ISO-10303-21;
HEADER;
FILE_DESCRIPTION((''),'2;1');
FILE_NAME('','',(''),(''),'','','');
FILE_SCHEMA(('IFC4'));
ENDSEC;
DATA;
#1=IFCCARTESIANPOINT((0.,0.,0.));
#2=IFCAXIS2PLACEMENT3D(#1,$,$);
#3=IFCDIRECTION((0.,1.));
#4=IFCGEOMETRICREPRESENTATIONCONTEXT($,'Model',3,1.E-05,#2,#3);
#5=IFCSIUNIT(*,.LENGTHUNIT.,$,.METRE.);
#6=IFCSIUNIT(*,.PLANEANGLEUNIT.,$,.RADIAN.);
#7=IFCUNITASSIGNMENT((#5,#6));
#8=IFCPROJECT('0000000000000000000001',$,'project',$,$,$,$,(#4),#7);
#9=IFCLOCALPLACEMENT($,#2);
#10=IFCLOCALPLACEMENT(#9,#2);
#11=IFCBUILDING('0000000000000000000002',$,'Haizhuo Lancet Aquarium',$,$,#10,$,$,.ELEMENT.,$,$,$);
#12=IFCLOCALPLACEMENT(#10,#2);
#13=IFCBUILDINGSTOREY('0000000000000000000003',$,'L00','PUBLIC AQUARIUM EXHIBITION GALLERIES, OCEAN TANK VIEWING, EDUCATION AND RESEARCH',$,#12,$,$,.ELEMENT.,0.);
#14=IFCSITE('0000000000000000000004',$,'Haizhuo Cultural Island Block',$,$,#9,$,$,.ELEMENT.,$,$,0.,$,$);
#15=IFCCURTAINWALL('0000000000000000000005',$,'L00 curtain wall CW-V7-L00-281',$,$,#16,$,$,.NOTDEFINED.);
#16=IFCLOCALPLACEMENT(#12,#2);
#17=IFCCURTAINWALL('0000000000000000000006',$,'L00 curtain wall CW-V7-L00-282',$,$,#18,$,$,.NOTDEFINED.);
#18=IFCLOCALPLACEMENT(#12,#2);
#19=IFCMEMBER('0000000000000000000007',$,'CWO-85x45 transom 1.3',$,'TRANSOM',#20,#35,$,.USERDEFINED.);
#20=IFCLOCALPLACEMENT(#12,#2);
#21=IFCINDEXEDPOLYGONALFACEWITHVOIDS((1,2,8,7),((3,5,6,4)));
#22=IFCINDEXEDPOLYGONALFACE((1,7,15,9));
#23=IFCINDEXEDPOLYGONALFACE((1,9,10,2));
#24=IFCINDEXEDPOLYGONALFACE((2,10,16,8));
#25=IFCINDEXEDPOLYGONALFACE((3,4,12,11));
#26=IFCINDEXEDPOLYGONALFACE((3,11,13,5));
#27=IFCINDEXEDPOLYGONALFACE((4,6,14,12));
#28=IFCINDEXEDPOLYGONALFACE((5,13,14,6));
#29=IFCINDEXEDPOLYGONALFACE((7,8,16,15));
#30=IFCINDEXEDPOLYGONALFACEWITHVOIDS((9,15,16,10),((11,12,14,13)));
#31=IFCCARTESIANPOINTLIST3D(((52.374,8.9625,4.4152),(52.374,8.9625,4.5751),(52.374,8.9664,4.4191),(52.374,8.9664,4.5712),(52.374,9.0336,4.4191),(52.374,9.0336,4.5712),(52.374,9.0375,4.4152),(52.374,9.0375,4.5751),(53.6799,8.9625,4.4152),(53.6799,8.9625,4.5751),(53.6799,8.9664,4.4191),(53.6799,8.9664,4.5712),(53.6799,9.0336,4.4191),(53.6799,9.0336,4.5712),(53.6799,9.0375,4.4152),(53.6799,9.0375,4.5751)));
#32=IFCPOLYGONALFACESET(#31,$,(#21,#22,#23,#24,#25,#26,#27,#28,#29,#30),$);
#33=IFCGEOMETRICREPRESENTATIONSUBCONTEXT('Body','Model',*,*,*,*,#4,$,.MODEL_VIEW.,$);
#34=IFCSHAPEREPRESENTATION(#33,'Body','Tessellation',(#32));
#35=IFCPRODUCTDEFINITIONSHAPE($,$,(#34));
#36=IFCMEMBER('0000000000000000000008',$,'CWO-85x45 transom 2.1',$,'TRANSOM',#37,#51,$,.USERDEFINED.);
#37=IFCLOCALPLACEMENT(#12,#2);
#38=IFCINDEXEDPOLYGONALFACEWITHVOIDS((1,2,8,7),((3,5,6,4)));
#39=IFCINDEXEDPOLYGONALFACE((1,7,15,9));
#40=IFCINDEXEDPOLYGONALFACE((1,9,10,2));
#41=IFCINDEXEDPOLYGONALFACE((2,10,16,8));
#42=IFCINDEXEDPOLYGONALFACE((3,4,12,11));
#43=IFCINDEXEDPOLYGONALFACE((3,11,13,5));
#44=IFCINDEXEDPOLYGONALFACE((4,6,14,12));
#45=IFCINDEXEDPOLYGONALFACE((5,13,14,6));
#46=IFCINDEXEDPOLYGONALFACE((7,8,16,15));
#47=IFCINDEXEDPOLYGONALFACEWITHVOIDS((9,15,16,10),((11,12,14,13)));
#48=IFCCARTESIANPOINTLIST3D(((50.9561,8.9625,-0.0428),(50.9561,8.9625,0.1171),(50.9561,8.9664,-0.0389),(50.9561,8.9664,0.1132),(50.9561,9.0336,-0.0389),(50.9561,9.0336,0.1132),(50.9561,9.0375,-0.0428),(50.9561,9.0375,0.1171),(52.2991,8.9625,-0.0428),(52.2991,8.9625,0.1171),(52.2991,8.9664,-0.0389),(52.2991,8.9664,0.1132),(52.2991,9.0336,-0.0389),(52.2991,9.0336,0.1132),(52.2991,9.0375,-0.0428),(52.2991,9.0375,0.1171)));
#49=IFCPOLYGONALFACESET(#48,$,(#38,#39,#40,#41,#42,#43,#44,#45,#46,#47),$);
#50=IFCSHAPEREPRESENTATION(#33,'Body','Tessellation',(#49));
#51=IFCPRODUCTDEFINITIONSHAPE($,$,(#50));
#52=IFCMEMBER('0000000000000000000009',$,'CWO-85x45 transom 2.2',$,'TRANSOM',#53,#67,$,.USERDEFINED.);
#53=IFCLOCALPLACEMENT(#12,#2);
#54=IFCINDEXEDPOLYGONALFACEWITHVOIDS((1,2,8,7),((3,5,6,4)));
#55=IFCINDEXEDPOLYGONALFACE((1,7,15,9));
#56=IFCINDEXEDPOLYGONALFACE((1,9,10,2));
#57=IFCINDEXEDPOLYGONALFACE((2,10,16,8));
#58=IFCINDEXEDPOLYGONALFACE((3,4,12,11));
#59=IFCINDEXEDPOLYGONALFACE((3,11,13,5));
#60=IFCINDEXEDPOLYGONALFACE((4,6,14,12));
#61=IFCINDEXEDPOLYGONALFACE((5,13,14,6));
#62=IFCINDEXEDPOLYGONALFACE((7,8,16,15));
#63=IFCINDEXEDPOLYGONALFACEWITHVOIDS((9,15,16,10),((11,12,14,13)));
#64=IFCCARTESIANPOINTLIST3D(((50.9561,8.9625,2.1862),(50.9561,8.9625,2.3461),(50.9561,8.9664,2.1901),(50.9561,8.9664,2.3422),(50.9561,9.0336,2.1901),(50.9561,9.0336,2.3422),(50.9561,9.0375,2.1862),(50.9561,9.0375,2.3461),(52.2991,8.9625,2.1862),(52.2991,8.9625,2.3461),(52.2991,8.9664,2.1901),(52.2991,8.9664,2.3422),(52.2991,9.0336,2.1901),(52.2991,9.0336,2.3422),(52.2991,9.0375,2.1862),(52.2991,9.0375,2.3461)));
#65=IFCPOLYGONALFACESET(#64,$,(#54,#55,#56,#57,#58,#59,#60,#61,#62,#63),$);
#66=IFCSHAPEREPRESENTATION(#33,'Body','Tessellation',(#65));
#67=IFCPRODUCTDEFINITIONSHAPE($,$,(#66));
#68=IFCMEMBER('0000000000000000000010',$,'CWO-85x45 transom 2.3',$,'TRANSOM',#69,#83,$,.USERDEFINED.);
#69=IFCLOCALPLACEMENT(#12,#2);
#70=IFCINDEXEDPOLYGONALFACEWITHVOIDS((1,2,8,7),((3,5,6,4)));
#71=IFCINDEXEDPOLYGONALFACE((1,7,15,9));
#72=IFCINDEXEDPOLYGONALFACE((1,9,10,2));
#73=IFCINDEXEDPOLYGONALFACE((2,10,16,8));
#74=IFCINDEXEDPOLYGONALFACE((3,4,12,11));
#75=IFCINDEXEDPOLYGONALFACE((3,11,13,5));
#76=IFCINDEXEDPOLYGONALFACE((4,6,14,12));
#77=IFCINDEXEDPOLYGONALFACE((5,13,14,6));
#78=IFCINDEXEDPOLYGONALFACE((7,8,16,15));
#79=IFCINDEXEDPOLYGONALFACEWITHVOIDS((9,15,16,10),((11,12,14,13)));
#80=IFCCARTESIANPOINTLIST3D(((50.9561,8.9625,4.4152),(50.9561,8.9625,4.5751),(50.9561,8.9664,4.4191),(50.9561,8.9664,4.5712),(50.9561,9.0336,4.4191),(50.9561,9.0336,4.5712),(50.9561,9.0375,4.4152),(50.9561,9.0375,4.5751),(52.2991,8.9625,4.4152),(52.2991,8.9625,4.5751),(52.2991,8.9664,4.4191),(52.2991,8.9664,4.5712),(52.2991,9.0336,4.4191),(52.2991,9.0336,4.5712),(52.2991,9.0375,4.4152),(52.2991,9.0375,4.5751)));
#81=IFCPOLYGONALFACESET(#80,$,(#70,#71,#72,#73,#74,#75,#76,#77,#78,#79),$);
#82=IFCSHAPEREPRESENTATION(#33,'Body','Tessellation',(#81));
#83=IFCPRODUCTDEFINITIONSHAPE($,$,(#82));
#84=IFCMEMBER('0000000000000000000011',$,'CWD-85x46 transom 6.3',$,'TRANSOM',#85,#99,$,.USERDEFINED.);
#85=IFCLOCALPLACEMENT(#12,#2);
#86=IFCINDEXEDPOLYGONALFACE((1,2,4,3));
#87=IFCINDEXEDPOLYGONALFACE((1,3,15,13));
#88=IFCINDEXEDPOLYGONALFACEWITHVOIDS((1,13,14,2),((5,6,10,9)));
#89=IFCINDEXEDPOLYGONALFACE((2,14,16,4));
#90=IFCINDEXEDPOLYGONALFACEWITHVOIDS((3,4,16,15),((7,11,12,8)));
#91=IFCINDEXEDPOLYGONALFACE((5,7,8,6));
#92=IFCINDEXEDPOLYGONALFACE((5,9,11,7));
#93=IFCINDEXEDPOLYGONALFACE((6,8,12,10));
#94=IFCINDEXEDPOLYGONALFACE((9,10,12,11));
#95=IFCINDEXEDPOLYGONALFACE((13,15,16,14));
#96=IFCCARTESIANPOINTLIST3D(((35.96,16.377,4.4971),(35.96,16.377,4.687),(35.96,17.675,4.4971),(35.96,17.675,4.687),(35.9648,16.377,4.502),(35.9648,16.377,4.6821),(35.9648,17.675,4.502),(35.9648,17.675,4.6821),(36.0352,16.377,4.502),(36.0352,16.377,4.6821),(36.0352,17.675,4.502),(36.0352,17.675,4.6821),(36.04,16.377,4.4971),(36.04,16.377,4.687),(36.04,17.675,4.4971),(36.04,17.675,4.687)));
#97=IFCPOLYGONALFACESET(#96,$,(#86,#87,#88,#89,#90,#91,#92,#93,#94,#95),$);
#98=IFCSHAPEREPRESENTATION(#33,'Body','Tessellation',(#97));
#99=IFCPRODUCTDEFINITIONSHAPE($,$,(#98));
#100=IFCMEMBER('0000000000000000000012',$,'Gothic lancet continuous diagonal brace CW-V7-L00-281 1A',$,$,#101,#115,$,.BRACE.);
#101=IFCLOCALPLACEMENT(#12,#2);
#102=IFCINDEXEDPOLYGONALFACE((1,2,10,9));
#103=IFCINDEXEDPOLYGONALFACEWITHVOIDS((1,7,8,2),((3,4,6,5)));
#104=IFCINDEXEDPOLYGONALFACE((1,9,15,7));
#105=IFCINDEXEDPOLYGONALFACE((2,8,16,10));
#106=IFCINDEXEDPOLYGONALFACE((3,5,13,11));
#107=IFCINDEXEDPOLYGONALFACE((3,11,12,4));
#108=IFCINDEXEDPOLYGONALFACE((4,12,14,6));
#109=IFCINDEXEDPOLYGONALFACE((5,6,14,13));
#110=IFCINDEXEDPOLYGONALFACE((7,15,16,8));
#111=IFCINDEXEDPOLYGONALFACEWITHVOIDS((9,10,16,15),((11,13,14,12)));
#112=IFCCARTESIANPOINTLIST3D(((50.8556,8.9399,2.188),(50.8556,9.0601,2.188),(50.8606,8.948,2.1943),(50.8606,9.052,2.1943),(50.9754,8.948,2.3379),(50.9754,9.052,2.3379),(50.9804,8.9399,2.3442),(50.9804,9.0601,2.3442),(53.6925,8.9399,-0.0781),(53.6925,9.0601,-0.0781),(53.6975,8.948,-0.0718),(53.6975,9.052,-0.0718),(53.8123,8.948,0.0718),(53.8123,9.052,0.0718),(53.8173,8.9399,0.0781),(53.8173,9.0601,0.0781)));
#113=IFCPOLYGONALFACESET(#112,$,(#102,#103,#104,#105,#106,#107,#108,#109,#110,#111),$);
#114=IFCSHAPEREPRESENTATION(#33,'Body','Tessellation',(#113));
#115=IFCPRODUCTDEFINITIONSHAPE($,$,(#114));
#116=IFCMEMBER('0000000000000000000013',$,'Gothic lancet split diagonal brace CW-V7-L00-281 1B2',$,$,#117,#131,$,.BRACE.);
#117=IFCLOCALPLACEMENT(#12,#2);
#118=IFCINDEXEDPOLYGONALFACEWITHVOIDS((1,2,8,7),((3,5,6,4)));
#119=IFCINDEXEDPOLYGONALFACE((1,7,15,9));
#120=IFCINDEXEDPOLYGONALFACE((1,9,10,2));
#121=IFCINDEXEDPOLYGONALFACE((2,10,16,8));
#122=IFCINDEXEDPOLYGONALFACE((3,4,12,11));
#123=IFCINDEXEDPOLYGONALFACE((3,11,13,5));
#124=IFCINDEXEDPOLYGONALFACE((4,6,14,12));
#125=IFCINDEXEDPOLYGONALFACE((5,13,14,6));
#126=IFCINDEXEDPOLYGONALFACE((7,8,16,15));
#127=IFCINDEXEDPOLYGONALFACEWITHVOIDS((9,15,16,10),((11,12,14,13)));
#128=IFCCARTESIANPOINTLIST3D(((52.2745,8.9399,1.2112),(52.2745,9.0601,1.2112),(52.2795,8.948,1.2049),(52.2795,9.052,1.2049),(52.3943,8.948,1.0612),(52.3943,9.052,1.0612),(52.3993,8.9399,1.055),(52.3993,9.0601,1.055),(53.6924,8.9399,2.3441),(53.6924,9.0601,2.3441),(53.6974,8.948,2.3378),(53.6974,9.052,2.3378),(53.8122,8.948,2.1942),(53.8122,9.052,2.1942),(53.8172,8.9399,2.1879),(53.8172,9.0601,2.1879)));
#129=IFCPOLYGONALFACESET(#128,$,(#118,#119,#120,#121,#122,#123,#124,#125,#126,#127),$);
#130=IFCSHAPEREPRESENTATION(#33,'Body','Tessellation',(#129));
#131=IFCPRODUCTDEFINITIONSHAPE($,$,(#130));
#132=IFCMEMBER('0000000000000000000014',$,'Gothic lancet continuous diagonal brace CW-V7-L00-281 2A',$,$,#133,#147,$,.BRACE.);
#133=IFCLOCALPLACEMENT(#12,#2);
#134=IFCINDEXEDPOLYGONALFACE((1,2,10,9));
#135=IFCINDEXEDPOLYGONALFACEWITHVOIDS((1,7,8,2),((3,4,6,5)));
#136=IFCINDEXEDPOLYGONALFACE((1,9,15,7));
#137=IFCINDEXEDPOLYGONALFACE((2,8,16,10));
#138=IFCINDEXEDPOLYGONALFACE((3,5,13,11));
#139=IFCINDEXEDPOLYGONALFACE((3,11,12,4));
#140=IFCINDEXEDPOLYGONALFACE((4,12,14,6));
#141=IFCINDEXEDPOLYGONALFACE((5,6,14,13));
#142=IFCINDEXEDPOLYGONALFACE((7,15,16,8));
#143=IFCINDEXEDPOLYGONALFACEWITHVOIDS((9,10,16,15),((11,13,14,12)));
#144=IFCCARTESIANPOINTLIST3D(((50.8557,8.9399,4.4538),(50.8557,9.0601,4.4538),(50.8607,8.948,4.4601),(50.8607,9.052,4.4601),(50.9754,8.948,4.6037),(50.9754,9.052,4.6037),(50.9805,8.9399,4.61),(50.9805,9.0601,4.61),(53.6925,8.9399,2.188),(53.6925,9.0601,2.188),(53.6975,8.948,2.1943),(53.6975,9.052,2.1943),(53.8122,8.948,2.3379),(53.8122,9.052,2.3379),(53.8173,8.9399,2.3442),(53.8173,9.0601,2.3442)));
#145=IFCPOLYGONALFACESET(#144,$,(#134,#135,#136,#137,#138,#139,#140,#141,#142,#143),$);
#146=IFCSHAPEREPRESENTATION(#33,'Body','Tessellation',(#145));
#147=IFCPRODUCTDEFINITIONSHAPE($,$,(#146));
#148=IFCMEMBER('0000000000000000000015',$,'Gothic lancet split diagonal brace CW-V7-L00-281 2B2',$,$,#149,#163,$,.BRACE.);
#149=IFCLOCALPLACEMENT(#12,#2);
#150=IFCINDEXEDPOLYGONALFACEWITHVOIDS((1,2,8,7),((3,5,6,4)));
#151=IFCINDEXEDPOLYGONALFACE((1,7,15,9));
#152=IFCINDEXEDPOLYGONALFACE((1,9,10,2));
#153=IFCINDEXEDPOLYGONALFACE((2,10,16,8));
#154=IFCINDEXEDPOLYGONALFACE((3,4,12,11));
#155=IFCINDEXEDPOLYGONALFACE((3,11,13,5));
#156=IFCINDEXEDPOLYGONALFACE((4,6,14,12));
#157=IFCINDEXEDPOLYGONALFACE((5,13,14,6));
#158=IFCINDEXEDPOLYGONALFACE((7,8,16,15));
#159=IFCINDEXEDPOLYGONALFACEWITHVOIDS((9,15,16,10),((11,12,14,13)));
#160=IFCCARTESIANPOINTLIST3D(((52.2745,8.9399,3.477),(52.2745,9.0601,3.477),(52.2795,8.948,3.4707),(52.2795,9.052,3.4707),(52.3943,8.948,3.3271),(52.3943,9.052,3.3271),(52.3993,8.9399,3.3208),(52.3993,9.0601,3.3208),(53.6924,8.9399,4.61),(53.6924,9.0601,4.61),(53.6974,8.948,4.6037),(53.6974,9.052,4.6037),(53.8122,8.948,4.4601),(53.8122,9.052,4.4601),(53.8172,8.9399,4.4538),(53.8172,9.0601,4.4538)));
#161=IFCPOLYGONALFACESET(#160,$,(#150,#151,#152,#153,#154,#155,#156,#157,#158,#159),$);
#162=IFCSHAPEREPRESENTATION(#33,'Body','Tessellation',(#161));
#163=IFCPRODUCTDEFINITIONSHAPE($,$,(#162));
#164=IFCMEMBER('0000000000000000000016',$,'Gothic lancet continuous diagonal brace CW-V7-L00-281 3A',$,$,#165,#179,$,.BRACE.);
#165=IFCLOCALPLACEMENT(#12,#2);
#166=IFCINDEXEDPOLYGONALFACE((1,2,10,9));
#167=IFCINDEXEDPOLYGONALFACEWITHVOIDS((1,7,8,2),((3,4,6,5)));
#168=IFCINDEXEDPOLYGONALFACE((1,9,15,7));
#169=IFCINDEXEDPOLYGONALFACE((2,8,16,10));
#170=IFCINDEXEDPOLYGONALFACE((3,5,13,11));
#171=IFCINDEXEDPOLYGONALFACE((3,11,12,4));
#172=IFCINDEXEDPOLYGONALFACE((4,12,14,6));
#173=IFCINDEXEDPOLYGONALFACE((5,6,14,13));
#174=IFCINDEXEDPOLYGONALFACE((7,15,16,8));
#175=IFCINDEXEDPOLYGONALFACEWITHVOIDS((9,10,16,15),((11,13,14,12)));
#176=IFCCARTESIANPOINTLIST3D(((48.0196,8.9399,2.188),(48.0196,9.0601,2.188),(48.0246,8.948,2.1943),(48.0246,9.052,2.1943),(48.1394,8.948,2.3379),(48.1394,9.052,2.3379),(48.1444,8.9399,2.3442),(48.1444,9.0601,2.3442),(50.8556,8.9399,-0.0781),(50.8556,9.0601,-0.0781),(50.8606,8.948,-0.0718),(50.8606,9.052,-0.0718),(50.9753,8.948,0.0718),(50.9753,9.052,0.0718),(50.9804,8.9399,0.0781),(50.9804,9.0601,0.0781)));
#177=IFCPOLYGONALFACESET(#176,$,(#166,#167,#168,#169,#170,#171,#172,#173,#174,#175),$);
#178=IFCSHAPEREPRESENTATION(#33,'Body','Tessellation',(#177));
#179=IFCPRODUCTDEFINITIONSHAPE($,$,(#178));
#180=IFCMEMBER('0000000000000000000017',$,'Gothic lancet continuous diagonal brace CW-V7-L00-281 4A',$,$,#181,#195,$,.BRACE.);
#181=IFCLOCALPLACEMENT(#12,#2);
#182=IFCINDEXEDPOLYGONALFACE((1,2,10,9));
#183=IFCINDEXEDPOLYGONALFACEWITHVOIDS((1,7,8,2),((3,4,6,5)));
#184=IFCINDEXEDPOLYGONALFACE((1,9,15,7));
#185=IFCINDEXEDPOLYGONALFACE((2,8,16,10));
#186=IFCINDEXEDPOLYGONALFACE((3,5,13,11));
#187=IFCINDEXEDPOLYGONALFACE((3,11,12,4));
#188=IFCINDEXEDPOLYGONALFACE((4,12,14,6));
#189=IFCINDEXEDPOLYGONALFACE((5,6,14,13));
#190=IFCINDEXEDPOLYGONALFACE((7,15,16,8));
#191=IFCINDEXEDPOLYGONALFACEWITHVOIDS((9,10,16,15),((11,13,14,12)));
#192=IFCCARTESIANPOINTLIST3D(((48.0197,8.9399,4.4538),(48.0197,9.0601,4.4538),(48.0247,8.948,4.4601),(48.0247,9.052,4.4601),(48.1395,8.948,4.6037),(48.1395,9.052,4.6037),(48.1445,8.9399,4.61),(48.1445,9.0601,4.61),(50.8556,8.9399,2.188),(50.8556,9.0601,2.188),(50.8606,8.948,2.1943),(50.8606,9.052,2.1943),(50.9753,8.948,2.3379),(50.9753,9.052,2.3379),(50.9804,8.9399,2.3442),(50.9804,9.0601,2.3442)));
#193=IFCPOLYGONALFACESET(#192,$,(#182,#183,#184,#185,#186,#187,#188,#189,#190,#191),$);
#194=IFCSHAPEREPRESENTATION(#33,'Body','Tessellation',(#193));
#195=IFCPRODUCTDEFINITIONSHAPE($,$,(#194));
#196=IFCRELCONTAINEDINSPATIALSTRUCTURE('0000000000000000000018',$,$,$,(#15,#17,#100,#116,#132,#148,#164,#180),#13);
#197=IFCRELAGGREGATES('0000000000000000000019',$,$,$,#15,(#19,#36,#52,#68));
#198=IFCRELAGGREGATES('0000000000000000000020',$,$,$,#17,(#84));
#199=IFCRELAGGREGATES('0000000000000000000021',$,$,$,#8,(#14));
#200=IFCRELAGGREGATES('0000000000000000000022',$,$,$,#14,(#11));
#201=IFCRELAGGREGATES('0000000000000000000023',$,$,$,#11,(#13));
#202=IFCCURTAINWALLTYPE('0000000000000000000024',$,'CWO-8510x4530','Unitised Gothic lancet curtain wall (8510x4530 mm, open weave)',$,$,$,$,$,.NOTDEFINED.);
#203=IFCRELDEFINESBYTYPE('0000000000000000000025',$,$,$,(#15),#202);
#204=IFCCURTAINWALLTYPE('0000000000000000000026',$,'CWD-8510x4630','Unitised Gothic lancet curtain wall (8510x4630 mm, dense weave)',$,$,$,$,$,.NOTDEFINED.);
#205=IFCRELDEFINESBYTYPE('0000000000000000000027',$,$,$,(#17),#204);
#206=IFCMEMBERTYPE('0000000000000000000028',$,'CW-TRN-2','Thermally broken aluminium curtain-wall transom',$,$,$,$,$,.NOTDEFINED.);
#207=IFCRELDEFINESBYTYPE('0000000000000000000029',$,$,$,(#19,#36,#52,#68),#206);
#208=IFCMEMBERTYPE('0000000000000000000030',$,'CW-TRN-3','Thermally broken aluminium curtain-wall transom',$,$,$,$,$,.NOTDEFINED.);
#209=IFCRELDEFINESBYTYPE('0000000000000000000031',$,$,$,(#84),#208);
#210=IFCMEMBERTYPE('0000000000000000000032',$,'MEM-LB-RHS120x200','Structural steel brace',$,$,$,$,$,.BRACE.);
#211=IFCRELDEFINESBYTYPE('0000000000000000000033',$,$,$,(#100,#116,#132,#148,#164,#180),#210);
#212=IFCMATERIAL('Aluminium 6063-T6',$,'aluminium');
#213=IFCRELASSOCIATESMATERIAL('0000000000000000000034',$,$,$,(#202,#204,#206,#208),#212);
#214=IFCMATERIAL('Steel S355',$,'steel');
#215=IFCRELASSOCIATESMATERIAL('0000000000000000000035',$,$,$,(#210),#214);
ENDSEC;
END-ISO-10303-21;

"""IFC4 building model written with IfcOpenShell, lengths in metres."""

from ifc_helpers import new_model, si_unit, direction, frame, origin, origin_2d, place, context, subcontext, project, spatial, hollow_rectangle, extrude, material, material_profile, profile_set, type_object, element, aggregate, save


model = new_model("IFC4")

# Units and contexts
model_context = context("Model", 3, precision=1e-05, world=origin(), true_north=direction((0.0, 1.0)))
body_context = subcontext(model_context, "Body", "Model", "MODEL_VIEW")
ifc_project = project(units=[si_unit("LENGTHUNIT", "METRE"), si_unit("PLANEANGLEUNIT", "RADIAN")], contexts=[model_context])

# Site, building, storey
site_placement = place(None, origin())
site = spatial("IfcSite", under=ifc_project, at=site_placement, Name="Haizhuo Cultural Island Block", CompositionType="ELEMENT", RefElevation=0.0)
building_placement = place(site_placement, origin())
building = spatial("IfcBuilding", under=site, at=building_placement, Name="Haizhuo Lancet Aquarium", CompositionType="ELEMENT")
storey_placement = place(building_placement, origin())
storey = spatial("IfcBuildingStorey", under=building, at=storey_placement, Name="L00", Description="PUBLIC AQUARIUM EXHIBITION GALLERIES, OCEAN TANK VIEWING, EDUCATION AND RESEARCH", CompositionType="ELEMENT", Elevation=0.0)

# Shared definitions
ifc_material_1 = material(Name="Steel S355", Category="steel")

# Curtain wall
ifc_material_2 = material(Name="Aluminium 6063-T6", Category="aluminium")
curtain_wall_type_1 = type_object("IfcCurtainWallType", Name="CWO-8510x4530", Description="Unitised Gothic lancet curtain wall (8510x4530 mm, open weave)", PredefinedType="NOTDEFINED", material=ifc_material_2)
curtain_wall_1_placement = place(storey_placement, origin())
curtain_wall_1 = element("IfcCurtainWall", 1, at=curtain_wall_1_placement, inside=storey, type_object=curtain_wall_type_1, Name="L00 curtain wall CW-V7-L00-281", PredefinedType="NOTDEFINED")

# Curtain wall
curtain_wall_type_2 = type_object("IfcCurtainWallType", Name="CWD-8510x4630", Description="Unitised Gothic lancet curtain wall (8510x4630 mm, dense weave)", PredefinedType="NOTDEFINED", material=ifc_material_2)
curtain_wall_2_placement = place(storey_placement, origin())
curtain_wall_2 = element("IfcCurtainWall", 2, at=curtain_wall_2_placement, inside=storey, type_object=curtain_wall_type_2, Name="L00 curtain wall CW-V7-L00-282", PredefinedType="NOTDEFINED")

# Members
ifc_material_profile_1 = material_profile(ifc_material_2, hollow_rectangle(XDim=0.075, YDim=0.1599, WallThickness=0.0039, at=origin_2d()), Name="ALU-T 75x160x4")
ifc_profile_set_1 = profile_set([ifc_material_profile_1], Name="Aluminium 6063-T6")
member_type_1 = type_object("IfcMemberType", Name="CW-TRN-2", Description="Thermally broken aluminium curtain-wall transom", PredefinedType="NOTDEFINED", material=ifc_profile_set_1)
member_1_placement = place(storey_placement, frame((53.6799, 9.0, 4.4951), z_axis=(-1.0, 0.0, 0.0), x_axis=(0.0, -1.0, 0.0)))
member_1 = element("IfcMember", 3, at=member_1_placement, type_object=member_type_1, Name="CWO-85x45 transom 1.3", ObjectType="TRANSOM", PredefinedType="USERDEFINED", context=body_context, shape_type="SweptSolid", body=[
    extrude(hollow_rectangle(XDim=0.075, YDim=0.1599, WallThickness=0.0039, at=origin_2d()), origin(), (0.0, 0.0, 1.0), 1.3059),
])
member_2_placement = place(storey_placement, frame((52.2991, 9.0, 0.0371), z_axis=(-1.0, 0.0, 0.0), x_axis=(0.0, -1.0, 0.0)))
member_2 = element("IfcMember", 4, at=member_2_placement, type_object=member_type_1, Name="CWO-85x45 transom 2.1", ObjectType="TRANSOM", PredefinedType="USERDEFINED", context=body_context, shape_type="SweptSolid", body=[
    extrude(hollow_rectangle(XDim=0.075, YDim=0.1599, WallThickness=0.0039, at=origin_2d()), origin(), (0.0, 0.0, 1.0), 1.343),
])
member_3_placement = place(storey_placement, frame((52.2991, 9.0, 2.2661), z_axis=(-1.0, 0.0, 0.0), x_axis=(0.0, -1.0, 0.0)))
member_3 = element("IfcMember", 5, at=member_3_placement, type_object=member_type_1, Name="CWO-85x45 transom 2.2", ObjectType="TRANSOM", PredefinedType="USERDEFINED", context=body_context, shape_type="SweptSolid", body=[
    extrude(hollow_rectangle(XDim=0.075, YDim=0.1599, WallThickness=0.0039, at=origin_2d()), origin(), (0.0, 0.0, 1.0), 1.343),
])
member_4_placement = place(storey_placement, frame((52.2991, 9.0, 4.4951), z_axis=(-1.0, 0.0, 0.0), x_axis=(0.0, -1.0, 0.0)))
member_4 = element("IfcMember", 6, at=member_4_placement, type_object=member_type_1, Name="CWO-85x45 transom 2.3", ObjectType="TRANSOM", PredefinedType="USERDEFINED", context=body_context, shape_type="SweptSolid", body=[
    extrude(hollow_rectangle(XDim=0.075, YDim=0.1599, WallThickness=0.0039, at=origin_2d()), origin(), (0.0, 0.0, 1.0), 1.343),
])
ifc_material_profile_2 = material_profile(ifc_material_2, hollow_rectangle(XDim=0.0801, YDim=0.1899, WallThickness=0.0049, at=origin_2d()), Name="ALU-T 80x190x5")
ifc_profile_set_2 = profile_set([ifc_material_profile_2], Name="Aluminium 6063-T6")
member_type_2 = type_object("IfcMemberType", Name="CW-TRN-3", Description="Thermally broken aluminium curtain-wall transom", PredefinedType="NOTDEFINED", material=ifc_profile_set_2)
member_5_placement = place(storey_placement, frame((36.0, 16.377, 4.592), z_axis=(0.0, 1.0, 0.0), x_axis=(-1.0, 0.0, 0.0)))
member_5 = element("IfcMember", 7, at=member_5_placement, type_object=member_type_2, Name="CWD-85x46 transom 6.3", ObjectType="TRANSOM", PredefinedType="USERDEFINED", context=body_context, shape_type="SweptSolid", body=[
    extrude(hollow_rectangle(XDim=0.0801, YDim=0.1899, WallThickness=0.0049, at=origin_2d()), origin(), (0.0, 0.0, 1.0), 1.2981),
])

# Members
ifc_material_profile_3 = material_profile(ifc_material_1, hollow_rectangle(XDim=0.1201, YDim=0.2, WallThickness=0.0081, at=origin_2d()), Name="RHS 120x200x8")
ifc_profile_set_3 = profile_set([ifc_material_profile_3], Name="Steel S355")
member_type_3 = type_object("IfcMemberType", Name="MEM-LB-RHS120x200", Description="Structural steel brace", PredefinedType="BRACE", material=ifc_profile_set_3)
member_6_placement = place(storey_placement, frame((53.7549, 9.0, 0.0), z_axis=(-0.781328, 0.0, 0.624121), x_axis=(0.0, -1.0, 0.0)))
element("IfcMember", 8, at=member_6_placement, inside=storey, type_object=member_type_3, Name="Gothic lancet continuous diagonal brace CW-V7-L00-281 1A", PredefinedType="BRACE", context=body_context, shape_type="SweptSolid", body=[
    extrude(hollow_rectangle(XDim=0.1201, YDim=0.2, WallThickness=0.0081, at=origin_2d()), origin(), (0.0, 0.0, 1.0), 3.6309),
])
member_7_placement = place(storey_placement, frame((52.3369, 9.0, 1.1331), z_axis=(0.781223, 0.0, 0.624252), x_axis=(0.0, 1.0, 0.0)))
element("IfcMember", 9, at=member_7_placement, inside=storey, type_object=member_type_3, Name="Gothic lancet split diagonal brace CW-V7-L00-281 1B2", PredefinedType="BRACE", context=body_context, shape_type="SweptSolid", body=[
    extrude(hollow_rectangle(XDim=0.1201, YDim=0.2, WallThickness=0.0081, at=origin_2d()), origin(), (0.0, 0.0, 1.0), 1.8149),
])
member_8_placement = place(storey_placement, frame((53.7549, 9.0, 2.2661), z_axis=(-0.781361, 0.0, 0.62408), x_axis=(0.0, -1.0, 0.0)))
element("IfcMember", 10, at=member_8_placement, inside=storey, type_object=member_type_3, Name="Gothic lancet continuous diagonal brace CW-V7-L00-281 2A", PredefinedType="BRACE", context=body_context, shape_type="SweptSolid", body=[
    extrude(hollow_rectangle(XDim=0.1201, YDim=0.2, WallThickness=0.0081, at=origin_2d()), origin(), (0.0, 0.0, 1.0), 3.6306),
])
member_9_placement = place(storey_placement, frame((52.3369, 9.0, 3.3989), z_axis=(0.781223, 0.0, 0.624252), x_axis=(0.0, 1.0, 0.0)))
element("IfcMember", 11, at=member_9_placement, inside=storey, type_object=member_type_3, Name="Gothic lancet split diagonal brace CW-V7-L00-281 2B2", PredefinedType="BRACE", context=body_context, shape_type="SweptSolid", body=[
    extrude(hollow_rectangle(XDim=0.1201, YDim=0.2, WallThickness=0.0081, at=origin_2d()), origin(), (0.0, 0.0, 1.0), 1.8149),
])
member_10_placement = place(storey_placement, frame((50.918, 9.0, 0.0), z_axis=(-0.781223, 0.0, 0.624252), x_axis=(0.0, -1.0, 0.0)))
element("IfcMember", 12, at=member_10_placement, inside=storey, type_object=member_type_3, Name="Gothic lancet continuous diagonal brace CW-V7-L00-281 3A", PredefinedType="BRACE", context=body_context, shape_type="SweptSolid", body=[
    extrude(hollow_rectangle(XDim=0.1201, YDim=0.2, WallThickness=0.0081, at=origin_2d()), origin(), (0.0, 0.0, 1.0), 3.6301),
])
member_11_placement = place(storey_placement, frame((50.918, 9.0, 2.2661), z_axis=(-0.781256, 0.0, 0.624211), x_axis=(0.0, -1.0, 0.0)))
element("IfcMember", 13, at=member_11_placement, inside=storey, type_object=member_type_3, Name="Gothic lancet continuous diagonal brace CW-V7-L00-281 4A", PredefinedType="BRACE", context=body_context, shape_type="SweptSolid", body=[
    extrude(hollow_rectangle(XDim=0.1201, YDim=0.2, WallThickness=0.0081, at=origin_2d()), origin(), (0.0, 0.0, 1.0), 3.6299),
])

aggregate(curtain_wall_1, [member_1, member_2, member_3, member_4])
aggregate(curtain_wall_2, [member_5])

save(model, "model.ifc")
